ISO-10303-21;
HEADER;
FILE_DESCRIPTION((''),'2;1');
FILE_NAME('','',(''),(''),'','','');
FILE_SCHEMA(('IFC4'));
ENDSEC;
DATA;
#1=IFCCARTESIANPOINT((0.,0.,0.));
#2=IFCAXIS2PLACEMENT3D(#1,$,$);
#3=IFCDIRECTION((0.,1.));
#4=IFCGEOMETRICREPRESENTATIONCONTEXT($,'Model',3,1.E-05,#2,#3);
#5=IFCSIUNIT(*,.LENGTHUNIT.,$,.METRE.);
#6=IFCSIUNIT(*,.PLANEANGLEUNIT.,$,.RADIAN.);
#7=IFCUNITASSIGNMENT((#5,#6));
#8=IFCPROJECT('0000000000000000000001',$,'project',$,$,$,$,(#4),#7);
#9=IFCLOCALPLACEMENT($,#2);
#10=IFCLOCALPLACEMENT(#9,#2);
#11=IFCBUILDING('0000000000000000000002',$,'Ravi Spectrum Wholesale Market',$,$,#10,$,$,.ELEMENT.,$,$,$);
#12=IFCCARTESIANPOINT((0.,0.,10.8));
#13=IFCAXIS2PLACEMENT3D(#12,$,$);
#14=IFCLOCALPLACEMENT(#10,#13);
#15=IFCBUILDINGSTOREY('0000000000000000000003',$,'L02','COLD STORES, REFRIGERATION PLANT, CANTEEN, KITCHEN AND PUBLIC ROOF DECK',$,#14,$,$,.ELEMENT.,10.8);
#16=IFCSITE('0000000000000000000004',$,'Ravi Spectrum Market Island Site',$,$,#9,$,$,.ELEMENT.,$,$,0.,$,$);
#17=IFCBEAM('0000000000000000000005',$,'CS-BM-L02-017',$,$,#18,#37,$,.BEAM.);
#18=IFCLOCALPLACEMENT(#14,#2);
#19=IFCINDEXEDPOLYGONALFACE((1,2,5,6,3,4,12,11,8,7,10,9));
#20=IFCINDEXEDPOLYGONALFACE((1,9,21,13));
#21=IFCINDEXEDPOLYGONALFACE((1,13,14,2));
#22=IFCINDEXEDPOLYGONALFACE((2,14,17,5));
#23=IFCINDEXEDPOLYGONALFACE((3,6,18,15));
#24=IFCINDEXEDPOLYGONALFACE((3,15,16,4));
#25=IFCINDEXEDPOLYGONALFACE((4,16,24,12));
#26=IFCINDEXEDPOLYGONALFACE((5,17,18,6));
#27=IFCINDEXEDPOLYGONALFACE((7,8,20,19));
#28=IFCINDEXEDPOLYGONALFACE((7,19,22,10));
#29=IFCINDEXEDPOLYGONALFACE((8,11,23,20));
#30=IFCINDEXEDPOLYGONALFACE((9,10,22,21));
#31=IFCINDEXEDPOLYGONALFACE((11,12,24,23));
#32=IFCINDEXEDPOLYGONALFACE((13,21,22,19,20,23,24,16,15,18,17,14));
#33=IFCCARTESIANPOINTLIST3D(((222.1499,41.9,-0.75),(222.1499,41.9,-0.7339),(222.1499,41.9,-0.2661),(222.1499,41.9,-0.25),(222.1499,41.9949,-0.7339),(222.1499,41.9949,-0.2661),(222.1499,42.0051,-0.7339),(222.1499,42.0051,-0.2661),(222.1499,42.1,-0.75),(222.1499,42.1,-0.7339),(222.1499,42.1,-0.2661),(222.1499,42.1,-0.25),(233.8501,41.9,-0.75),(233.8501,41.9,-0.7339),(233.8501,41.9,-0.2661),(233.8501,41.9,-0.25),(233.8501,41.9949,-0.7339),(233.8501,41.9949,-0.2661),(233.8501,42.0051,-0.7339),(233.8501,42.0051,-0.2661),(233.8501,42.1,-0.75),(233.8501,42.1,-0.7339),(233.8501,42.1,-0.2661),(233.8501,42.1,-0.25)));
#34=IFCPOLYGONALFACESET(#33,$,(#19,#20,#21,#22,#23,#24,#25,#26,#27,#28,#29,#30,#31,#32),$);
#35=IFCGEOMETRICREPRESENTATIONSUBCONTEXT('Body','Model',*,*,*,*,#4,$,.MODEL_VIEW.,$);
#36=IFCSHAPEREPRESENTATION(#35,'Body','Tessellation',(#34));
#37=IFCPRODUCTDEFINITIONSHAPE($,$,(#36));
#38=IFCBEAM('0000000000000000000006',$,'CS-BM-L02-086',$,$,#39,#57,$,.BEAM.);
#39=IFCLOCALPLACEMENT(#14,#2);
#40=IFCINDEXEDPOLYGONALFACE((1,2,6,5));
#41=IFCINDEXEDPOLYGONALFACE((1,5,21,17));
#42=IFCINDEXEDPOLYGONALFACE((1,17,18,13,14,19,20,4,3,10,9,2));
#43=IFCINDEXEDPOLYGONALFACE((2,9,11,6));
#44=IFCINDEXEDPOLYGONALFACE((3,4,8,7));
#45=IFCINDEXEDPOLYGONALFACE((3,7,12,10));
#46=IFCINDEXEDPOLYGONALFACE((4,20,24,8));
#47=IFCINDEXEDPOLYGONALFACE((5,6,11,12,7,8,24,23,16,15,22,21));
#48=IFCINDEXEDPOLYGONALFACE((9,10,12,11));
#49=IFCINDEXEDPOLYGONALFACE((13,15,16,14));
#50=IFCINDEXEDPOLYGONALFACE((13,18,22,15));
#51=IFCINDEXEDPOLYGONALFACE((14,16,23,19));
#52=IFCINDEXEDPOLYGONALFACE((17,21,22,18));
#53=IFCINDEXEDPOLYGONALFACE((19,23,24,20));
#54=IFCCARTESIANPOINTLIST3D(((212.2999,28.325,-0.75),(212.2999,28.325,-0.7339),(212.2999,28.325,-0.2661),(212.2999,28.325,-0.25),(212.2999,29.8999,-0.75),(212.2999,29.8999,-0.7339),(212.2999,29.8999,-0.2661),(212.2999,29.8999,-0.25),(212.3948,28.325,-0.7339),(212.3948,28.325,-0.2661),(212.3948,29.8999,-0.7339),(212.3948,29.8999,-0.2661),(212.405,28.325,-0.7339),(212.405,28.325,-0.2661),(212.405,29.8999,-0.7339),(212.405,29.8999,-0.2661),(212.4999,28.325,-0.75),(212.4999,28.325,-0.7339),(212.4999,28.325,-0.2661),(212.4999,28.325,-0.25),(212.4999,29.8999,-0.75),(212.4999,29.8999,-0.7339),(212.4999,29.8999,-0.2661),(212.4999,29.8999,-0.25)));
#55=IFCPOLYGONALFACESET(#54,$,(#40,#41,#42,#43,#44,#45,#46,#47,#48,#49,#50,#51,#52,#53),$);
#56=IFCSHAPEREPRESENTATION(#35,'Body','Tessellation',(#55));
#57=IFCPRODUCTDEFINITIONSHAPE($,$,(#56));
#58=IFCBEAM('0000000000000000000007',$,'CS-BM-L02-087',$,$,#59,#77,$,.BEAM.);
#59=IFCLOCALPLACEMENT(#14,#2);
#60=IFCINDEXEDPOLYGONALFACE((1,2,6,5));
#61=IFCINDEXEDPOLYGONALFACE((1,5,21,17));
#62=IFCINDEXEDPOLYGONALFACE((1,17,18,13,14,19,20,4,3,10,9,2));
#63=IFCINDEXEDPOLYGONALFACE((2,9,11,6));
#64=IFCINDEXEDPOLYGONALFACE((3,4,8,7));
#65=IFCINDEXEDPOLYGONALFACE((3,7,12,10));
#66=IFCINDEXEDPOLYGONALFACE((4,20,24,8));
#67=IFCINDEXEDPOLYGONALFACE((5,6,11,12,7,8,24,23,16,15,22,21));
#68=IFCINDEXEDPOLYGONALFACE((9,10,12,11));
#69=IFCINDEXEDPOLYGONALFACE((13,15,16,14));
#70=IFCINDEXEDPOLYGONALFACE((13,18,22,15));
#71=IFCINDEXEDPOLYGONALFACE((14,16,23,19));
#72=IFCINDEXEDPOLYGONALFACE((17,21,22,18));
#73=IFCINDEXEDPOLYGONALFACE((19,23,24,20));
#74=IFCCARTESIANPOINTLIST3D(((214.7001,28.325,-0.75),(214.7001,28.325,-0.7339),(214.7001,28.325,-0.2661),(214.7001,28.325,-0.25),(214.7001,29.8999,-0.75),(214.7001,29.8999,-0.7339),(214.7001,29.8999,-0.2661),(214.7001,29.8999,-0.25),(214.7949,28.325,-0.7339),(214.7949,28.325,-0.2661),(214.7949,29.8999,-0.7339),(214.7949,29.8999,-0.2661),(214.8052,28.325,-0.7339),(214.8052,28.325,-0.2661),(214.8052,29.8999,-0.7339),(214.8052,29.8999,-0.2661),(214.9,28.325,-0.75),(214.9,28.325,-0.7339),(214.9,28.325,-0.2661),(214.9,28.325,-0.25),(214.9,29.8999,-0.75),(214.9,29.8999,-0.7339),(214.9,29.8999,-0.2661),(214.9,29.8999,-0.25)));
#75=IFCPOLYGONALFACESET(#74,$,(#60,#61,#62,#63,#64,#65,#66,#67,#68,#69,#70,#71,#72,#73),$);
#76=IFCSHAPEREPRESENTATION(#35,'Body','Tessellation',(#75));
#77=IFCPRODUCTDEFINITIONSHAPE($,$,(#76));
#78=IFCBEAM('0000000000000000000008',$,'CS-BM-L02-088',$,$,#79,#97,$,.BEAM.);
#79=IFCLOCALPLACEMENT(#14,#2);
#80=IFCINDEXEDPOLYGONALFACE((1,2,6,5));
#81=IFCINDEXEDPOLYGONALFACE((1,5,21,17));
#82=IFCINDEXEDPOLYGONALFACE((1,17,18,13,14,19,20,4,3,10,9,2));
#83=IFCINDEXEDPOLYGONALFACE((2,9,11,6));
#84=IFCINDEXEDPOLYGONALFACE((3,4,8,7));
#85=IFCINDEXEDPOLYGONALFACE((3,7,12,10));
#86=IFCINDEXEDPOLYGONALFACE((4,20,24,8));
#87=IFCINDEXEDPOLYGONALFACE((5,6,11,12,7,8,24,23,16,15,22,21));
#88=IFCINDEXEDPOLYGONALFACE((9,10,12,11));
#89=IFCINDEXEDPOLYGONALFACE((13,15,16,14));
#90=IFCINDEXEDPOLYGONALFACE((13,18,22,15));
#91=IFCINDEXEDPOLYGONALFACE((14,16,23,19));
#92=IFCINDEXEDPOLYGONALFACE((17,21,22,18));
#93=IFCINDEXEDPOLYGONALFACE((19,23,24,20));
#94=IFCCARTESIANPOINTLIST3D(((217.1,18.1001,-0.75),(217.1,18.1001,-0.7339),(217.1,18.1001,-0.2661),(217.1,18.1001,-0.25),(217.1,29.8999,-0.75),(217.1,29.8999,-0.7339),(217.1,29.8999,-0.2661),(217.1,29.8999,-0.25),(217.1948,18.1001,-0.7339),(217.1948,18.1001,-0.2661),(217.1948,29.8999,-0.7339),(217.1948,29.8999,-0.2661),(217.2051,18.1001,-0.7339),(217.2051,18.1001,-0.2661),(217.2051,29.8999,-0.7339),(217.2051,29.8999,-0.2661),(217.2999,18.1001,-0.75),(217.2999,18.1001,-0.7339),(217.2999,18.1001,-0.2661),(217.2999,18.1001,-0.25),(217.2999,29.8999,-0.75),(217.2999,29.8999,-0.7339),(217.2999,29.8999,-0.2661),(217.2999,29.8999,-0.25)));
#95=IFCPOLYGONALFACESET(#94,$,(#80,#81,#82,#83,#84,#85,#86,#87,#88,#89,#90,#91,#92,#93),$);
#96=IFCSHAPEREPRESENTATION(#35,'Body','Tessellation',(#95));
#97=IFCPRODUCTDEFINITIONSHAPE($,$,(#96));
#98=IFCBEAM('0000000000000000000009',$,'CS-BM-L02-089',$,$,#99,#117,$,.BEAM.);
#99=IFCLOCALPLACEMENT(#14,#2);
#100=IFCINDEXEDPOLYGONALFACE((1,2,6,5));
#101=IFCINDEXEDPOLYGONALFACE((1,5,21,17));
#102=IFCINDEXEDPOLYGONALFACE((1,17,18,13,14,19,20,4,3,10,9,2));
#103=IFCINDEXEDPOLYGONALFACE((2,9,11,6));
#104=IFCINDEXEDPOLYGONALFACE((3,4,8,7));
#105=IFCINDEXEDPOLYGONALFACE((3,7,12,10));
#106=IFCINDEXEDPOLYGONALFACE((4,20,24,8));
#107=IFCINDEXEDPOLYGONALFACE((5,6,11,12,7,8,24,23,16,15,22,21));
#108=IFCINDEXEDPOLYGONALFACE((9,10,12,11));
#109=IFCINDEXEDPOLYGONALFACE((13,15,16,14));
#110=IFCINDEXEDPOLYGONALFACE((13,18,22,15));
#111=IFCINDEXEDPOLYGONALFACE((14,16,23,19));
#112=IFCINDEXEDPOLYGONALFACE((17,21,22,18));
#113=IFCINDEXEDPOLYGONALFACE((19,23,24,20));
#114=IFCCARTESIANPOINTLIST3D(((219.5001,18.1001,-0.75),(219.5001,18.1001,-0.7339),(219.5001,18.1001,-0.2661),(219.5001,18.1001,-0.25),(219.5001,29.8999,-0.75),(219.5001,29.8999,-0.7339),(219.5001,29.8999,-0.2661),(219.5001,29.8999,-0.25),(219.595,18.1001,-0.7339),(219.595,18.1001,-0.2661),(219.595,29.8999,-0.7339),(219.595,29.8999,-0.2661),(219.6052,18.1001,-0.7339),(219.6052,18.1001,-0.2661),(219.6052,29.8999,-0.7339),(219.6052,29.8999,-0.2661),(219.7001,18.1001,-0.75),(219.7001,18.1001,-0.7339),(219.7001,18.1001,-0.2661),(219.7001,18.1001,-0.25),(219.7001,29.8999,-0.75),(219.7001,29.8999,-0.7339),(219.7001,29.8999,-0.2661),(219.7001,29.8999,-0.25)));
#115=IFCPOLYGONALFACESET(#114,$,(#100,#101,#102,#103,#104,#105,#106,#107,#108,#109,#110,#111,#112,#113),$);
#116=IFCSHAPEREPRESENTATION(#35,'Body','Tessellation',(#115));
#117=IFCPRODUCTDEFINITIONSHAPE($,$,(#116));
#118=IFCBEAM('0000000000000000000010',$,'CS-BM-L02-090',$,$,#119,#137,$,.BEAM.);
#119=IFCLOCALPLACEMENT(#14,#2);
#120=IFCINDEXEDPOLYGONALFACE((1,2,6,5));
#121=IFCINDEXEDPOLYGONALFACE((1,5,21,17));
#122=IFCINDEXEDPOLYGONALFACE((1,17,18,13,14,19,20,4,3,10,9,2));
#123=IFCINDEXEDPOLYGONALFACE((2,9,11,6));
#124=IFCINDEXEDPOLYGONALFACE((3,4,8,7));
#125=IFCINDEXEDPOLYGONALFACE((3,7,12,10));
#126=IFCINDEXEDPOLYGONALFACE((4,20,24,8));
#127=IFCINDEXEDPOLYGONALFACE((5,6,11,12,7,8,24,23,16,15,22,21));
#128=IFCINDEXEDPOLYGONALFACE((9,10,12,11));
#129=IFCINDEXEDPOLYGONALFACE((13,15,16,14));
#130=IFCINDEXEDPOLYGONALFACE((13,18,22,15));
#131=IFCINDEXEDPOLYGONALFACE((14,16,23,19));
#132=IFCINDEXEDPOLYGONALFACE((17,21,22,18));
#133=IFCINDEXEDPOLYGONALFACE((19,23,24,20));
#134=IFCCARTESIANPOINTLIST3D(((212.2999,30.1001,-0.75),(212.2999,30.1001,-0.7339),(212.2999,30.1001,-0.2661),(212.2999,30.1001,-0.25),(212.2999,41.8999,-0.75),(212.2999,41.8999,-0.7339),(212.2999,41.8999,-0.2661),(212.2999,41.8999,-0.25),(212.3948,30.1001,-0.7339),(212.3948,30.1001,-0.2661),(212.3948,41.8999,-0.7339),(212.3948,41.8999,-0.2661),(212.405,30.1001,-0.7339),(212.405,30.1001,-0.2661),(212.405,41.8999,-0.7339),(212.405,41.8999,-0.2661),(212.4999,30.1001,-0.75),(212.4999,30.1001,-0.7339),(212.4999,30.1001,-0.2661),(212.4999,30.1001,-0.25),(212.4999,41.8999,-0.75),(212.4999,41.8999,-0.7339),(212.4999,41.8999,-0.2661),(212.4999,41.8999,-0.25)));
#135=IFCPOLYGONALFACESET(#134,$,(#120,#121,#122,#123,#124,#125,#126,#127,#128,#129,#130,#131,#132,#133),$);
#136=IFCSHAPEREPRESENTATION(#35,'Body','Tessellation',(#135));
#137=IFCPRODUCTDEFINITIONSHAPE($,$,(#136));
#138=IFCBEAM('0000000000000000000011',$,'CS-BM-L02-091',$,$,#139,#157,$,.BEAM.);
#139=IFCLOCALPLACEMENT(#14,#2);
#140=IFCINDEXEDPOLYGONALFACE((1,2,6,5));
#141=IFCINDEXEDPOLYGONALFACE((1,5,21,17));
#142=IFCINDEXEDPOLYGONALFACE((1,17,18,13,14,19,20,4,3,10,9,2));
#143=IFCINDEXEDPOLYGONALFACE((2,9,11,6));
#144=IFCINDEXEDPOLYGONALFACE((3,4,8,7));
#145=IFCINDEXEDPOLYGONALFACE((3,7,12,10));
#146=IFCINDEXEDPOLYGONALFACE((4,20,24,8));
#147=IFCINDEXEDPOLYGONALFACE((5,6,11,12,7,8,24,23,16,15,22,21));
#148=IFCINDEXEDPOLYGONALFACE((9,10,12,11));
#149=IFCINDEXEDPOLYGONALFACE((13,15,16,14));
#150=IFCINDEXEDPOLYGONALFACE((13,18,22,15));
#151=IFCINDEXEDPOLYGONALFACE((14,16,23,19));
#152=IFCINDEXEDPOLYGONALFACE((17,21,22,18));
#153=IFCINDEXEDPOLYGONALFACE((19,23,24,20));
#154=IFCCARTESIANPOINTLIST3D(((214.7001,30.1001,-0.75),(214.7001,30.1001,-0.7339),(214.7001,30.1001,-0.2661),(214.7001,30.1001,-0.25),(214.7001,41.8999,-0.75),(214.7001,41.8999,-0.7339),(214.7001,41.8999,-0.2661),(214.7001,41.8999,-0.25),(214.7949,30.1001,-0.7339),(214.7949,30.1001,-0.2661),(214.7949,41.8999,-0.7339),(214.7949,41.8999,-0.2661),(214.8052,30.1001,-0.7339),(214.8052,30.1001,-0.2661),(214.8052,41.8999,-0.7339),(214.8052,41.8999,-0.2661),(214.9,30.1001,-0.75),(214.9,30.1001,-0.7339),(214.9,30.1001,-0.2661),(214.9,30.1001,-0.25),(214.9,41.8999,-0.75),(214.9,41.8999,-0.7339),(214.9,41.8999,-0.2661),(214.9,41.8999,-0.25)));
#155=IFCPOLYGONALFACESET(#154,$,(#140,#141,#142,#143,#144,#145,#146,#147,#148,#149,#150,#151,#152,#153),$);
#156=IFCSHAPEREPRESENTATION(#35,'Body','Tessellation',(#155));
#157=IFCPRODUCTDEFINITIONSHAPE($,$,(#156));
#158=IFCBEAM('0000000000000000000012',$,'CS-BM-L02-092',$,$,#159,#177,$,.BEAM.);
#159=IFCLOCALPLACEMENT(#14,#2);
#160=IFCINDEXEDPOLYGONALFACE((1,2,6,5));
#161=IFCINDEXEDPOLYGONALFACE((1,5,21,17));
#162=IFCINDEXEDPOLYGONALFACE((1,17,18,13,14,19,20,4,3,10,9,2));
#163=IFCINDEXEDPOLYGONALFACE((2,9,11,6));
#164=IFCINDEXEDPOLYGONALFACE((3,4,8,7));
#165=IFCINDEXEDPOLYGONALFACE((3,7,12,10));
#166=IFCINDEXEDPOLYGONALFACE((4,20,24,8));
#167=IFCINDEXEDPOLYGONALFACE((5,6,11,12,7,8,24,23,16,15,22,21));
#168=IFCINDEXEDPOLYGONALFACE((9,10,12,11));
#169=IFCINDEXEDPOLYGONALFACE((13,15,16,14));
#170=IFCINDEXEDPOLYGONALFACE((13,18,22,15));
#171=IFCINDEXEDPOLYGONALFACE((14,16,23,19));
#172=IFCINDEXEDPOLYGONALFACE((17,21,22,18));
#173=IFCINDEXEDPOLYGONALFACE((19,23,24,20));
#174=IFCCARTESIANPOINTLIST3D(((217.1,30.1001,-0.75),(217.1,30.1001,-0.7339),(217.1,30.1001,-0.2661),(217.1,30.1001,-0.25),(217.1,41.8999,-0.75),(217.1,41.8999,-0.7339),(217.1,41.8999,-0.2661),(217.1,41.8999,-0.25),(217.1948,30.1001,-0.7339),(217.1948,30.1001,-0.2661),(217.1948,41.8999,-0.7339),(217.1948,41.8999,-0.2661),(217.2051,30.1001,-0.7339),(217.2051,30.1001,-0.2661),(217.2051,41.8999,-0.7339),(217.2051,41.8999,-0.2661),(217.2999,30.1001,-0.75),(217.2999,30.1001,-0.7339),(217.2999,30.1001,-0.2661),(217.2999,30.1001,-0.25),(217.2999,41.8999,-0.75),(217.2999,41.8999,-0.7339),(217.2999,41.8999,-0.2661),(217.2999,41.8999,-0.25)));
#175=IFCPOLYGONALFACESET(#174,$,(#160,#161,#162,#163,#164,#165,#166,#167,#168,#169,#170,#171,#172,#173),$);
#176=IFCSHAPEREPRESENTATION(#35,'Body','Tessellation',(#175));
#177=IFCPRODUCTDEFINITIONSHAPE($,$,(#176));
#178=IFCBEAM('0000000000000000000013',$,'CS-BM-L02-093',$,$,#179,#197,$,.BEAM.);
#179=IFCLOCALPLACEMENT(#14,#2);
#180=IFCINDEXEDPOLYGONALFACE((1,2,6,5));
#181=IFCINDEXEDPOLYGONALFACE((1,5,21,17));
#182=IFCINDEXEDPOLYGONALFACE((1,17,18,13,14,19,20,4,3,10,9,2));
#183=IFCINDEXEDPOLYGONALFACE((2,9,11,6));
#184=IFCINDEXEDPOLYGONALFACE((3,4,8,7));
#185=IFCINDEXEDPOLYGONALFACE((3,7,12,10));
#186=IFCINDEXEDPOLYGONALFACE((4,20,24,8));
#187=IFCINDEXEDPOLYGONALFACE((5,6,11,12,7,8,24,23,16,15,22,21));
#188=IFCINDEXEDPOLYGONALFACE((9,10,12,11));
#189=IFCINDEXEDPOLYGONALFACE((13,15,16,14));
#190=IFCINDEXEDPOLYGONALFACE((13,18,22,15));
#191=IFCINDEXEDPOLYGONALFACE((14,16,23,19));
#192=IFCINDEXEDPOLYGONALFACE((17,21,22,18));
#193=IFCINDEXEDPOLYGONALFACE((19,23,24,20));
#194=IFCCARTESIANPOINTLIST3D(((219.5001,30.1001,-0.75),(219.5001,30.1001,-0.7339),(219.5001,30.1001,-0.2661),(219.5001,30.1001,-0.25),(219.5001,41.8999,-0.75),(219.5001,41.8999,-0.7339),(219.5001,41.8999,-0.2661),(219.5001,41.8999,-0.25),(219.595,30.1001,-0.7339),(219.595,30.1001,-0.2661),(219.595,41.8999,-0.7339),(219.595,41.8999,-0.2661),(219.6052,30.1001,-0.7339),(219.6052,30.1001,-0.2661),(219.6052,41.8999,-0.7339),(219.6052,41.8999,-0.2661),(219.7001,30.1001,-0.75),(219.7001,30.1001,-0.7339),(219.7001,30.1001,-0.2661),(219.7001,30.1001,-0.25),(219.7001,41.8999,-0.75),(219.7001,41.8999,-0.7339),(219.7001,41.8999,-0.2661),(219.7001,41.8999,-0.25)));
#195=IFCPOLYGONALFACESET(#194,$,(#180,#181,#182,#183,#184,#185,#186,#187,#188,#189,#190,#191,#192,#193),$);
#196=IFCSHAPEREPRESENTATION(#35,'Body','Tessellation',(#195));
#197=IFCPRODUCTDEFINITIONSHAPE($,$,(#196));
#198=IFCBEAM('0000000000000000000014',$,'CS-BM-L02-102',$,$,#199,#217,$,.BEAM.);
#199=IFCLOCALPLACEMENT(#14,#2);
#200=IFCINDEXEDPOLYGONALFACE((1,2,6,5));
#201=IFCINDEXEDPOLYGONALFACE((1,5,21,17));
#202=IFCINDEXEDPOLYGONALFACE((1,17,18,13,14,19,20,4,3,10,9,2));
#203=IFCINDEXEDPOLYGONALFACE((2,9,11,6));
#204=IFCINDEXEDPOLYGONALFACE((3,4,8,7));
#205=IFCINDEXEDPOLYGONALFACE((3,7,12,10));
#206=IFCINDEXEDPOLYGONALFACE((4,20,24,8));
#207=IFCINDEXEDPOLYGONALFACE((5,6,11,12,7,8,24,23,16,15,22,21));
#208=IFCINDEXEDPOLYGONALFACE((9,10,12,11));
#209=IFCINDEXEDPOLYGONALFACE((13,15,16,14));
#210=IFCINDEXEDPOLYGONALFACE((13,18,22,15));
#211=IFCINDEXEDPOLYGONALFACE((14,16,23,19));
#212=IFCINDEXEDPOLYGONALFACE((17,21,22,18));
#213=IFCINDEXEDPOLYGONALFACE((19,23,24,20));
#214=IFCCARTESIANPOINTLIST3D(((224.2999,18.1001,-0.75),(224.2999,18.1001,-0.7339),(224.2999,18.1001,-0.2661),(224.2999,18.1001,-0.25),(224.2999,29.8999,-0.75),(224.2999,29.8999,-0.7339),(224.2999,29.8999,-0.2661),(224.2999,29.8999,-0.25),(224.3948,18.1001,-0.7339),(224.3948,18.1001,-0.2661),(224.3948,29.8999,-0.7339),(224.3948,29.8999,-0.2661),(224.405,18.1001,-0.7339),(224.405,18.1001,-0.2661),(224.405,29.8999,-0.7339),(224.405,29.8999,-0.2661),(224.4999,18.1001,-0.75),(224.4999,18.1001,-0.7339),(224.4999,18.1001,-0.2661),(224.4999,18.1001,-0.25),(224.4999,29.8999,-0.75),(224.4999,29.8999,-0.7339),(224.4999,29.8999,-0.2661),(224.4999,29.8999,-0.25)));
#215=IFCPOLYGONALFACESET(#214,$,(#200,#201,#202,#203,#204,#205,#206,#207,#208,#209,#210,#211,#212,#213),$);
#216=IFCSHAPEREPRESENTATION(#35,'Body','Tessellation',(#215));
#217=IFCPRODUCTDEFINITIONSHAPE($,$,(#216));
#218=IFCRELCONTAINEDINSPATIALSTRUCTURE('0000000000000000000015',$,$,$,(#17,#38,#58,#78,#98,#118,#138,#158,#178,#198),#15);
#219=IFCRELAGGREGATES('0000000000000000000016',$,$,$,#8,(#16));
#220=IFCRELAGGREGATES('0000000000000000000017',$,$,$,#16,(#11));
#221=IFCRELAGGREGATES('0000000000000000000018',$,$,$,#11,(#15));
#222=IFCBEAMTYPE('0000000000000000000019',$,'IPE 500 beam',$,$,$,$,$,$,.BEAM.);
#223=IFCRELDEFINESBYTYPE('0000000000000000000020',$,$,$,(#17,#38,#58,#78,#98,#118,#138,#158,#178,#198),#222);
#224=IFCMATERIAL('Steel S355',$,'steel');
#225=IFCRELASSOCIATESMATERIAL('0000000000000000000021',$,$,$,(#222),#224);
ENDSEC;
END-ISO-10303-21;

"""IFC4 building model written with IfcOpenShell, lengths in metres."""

from ifc_helpers import new_model, si_unit, direction, frame, origin, origin_2d, place, context, subcontext, project, spatial, i_section, extrude, material, material_profile, profile_set, type_object, element, save


model = new_model("IFC4")

# Units and contexts
model_context = context("Model", 3, precision=1e-05, world=origin(), true_north=direction((0.0, 1.0)))
body_context = subcontext(model_context, "Body", "Model", "MODEL_VIEW")
ifc_project = project(units=[si_unit("LENGTHUNIT", "METRE"), si_unit("PLANEANGLEUNIT", "RADIAN")], contexts=[model_context])

# Site, building, storey
site_placement = place(None, origin())
site = spatial("IfcSite", under=ifc_project, at=site_placement, Name="Ravi Spectrum Market Island Site", CompositionType="ELEMENT", RefElevation=0.0)
building_placement = place(site_placement, origin())
building = spatial("IfcBuilding", under=site, at=building_placement, Name="Ravi Spectrum Wholesale Market", CompositionType="ELEMENT")
storey_placement = place(building_placement, frame((0.0, 0.0, 10.8)))
storey = spatial("IfcBuildingStorey", under=building, at=storey_placement, Name="L02", Description="COLD STORES, REFRIGERATION PLANT, CANTEEN, KITCHEN AND PUBLIC ROOF DECK", CompositionType="ELEMENT", Elevation=10.8)

# Beams
ifc_material_1 = material(Name="Steel S355", Category="steel")
ifc_material_profile_1 = material_profile(ifc_material_1, i_section(OverallWidth=0.2, OverallDepth=0.5, WebThickness=0.0103, FlangeThickness=0.0161, at=origin_2d()))
ifc_profile_set_1 = profile_set([ifc_material_profile_1], Name="Steel S355")
beam_type_1 = type_object("IfcBeamType", Name="IPE 500 beam", PredefinedType="BEAM", material=ifc_profile_set_1)
for number, where, z_axis, x_axis, name in (
    (1, (222.1499, 42.0, -0.5), (1.0, 0.0, 0.0), (0.0, 1.0, 0.0), "CS-BM-L02-017"),
):
    element("IfcBeam", number, at=place(storey_placement, frame(where, z_axis=z_axis, x_axis=x_axis)), inside=storey, type_object=beam_type_1, Name=name, PredefinedType="BEAM", context=body_context, shape_type="SweptSolid", body=[
        extrude(i_section(OverallWidth=0.2, OverallDepth=0.5, WebThickness=0.0103, FlangeThickness=0.0161, at=origin_2d()), origin(), (0.0, 0.0, 1.0), 11.7002),
    ])
for number, where, z_axis, x_axis, name in (
    (2, (212.3999, 28.325, -0.5), (0.0, 1.0, 0.0), (-1.0, 0.0, 0.0), "CS-BM-L02-086"),
    (3, (214.8, 28.325, -0.5), (0.0, 1.0, 0.0), (-1.0, 0.0, 0.0), "CS-BM-L02-087"),
):
    element("IfcBeam", number, at=place(storey_placement, frame(where, z_axis=z_axis, x_axis=x_axis)), inside=storey, type_object=beam_type_1, Name=name, PredefinedType="BEAM", context=body_context, shape_type="SweptSolid", body=[
        extrude(i_section(OverallWidth=0.2, OverallDepth=0.5, WebThickness=0.0103, FlangeThickness=0.0161, at=origin_2d()), origin(), (0.0, 0.0, 1.0), 1.575),
    ])
for number, where, z_axis, x_axis, name in (
    (4, (217.2, 18.1001, -0.5), (0.0, 1.0, 0.0), (-1.0, 0.0, 0.0), "CS-BM-L02-088"),
    (5, (219.6001, 18.1001, -0.5), (0.0, 1.0, 0.0), (-1.0, 0.0, 0.0), "CS-BM-L02-089"),
    (6, (212.3999, 30.1001, -0.5), (0.0, 1.0, 0.0), (-1.0, 0.0, 0.0), "CS-BM-L02-090"),
    (7, (214.8, 30.1001, -0.5), (0.0, 1.0, 0.0), (-1.0, 0.0, 0.0), "CS-BM-L02-091"),
    (8, (217.2, 30.1001, -0.5), (0.0, 1.0, 0.0), (-1.0, 0.0, 0.0), "CS-BM-L02-092"),
    (9, (219.6001, 30.1001, -0.5), (0.0, 1.0, 0.0), (-1.0, 0.0, 0.0), "CS-BM-L02-093"),
    (10, (224.3999, 18.1001, -0.5), (0.0, 1.0, 0.0), (-1.0, 0.0, 0.0), "CS-BM-L02-102"),
):
    element("IfcBeam", number, at=place(storey_placement, frame(where, z_axis=z_axis, x_axis=x_axis)), inside=storey, type_object=beam_type_1, Name=name, PredefinedType="BEAM", context=body_context, shape_type="SweptSolid", body=[
        extrude(i_section(OverallWidth=0.2, OverallDepth=0.5, WebThickness=0.0103, FlangeThickness=0.0161, at=origin_2d()), origin(), (0.0, 0.0, 1.0), 11.7998),
    ])

save(model, "model.ifc")
